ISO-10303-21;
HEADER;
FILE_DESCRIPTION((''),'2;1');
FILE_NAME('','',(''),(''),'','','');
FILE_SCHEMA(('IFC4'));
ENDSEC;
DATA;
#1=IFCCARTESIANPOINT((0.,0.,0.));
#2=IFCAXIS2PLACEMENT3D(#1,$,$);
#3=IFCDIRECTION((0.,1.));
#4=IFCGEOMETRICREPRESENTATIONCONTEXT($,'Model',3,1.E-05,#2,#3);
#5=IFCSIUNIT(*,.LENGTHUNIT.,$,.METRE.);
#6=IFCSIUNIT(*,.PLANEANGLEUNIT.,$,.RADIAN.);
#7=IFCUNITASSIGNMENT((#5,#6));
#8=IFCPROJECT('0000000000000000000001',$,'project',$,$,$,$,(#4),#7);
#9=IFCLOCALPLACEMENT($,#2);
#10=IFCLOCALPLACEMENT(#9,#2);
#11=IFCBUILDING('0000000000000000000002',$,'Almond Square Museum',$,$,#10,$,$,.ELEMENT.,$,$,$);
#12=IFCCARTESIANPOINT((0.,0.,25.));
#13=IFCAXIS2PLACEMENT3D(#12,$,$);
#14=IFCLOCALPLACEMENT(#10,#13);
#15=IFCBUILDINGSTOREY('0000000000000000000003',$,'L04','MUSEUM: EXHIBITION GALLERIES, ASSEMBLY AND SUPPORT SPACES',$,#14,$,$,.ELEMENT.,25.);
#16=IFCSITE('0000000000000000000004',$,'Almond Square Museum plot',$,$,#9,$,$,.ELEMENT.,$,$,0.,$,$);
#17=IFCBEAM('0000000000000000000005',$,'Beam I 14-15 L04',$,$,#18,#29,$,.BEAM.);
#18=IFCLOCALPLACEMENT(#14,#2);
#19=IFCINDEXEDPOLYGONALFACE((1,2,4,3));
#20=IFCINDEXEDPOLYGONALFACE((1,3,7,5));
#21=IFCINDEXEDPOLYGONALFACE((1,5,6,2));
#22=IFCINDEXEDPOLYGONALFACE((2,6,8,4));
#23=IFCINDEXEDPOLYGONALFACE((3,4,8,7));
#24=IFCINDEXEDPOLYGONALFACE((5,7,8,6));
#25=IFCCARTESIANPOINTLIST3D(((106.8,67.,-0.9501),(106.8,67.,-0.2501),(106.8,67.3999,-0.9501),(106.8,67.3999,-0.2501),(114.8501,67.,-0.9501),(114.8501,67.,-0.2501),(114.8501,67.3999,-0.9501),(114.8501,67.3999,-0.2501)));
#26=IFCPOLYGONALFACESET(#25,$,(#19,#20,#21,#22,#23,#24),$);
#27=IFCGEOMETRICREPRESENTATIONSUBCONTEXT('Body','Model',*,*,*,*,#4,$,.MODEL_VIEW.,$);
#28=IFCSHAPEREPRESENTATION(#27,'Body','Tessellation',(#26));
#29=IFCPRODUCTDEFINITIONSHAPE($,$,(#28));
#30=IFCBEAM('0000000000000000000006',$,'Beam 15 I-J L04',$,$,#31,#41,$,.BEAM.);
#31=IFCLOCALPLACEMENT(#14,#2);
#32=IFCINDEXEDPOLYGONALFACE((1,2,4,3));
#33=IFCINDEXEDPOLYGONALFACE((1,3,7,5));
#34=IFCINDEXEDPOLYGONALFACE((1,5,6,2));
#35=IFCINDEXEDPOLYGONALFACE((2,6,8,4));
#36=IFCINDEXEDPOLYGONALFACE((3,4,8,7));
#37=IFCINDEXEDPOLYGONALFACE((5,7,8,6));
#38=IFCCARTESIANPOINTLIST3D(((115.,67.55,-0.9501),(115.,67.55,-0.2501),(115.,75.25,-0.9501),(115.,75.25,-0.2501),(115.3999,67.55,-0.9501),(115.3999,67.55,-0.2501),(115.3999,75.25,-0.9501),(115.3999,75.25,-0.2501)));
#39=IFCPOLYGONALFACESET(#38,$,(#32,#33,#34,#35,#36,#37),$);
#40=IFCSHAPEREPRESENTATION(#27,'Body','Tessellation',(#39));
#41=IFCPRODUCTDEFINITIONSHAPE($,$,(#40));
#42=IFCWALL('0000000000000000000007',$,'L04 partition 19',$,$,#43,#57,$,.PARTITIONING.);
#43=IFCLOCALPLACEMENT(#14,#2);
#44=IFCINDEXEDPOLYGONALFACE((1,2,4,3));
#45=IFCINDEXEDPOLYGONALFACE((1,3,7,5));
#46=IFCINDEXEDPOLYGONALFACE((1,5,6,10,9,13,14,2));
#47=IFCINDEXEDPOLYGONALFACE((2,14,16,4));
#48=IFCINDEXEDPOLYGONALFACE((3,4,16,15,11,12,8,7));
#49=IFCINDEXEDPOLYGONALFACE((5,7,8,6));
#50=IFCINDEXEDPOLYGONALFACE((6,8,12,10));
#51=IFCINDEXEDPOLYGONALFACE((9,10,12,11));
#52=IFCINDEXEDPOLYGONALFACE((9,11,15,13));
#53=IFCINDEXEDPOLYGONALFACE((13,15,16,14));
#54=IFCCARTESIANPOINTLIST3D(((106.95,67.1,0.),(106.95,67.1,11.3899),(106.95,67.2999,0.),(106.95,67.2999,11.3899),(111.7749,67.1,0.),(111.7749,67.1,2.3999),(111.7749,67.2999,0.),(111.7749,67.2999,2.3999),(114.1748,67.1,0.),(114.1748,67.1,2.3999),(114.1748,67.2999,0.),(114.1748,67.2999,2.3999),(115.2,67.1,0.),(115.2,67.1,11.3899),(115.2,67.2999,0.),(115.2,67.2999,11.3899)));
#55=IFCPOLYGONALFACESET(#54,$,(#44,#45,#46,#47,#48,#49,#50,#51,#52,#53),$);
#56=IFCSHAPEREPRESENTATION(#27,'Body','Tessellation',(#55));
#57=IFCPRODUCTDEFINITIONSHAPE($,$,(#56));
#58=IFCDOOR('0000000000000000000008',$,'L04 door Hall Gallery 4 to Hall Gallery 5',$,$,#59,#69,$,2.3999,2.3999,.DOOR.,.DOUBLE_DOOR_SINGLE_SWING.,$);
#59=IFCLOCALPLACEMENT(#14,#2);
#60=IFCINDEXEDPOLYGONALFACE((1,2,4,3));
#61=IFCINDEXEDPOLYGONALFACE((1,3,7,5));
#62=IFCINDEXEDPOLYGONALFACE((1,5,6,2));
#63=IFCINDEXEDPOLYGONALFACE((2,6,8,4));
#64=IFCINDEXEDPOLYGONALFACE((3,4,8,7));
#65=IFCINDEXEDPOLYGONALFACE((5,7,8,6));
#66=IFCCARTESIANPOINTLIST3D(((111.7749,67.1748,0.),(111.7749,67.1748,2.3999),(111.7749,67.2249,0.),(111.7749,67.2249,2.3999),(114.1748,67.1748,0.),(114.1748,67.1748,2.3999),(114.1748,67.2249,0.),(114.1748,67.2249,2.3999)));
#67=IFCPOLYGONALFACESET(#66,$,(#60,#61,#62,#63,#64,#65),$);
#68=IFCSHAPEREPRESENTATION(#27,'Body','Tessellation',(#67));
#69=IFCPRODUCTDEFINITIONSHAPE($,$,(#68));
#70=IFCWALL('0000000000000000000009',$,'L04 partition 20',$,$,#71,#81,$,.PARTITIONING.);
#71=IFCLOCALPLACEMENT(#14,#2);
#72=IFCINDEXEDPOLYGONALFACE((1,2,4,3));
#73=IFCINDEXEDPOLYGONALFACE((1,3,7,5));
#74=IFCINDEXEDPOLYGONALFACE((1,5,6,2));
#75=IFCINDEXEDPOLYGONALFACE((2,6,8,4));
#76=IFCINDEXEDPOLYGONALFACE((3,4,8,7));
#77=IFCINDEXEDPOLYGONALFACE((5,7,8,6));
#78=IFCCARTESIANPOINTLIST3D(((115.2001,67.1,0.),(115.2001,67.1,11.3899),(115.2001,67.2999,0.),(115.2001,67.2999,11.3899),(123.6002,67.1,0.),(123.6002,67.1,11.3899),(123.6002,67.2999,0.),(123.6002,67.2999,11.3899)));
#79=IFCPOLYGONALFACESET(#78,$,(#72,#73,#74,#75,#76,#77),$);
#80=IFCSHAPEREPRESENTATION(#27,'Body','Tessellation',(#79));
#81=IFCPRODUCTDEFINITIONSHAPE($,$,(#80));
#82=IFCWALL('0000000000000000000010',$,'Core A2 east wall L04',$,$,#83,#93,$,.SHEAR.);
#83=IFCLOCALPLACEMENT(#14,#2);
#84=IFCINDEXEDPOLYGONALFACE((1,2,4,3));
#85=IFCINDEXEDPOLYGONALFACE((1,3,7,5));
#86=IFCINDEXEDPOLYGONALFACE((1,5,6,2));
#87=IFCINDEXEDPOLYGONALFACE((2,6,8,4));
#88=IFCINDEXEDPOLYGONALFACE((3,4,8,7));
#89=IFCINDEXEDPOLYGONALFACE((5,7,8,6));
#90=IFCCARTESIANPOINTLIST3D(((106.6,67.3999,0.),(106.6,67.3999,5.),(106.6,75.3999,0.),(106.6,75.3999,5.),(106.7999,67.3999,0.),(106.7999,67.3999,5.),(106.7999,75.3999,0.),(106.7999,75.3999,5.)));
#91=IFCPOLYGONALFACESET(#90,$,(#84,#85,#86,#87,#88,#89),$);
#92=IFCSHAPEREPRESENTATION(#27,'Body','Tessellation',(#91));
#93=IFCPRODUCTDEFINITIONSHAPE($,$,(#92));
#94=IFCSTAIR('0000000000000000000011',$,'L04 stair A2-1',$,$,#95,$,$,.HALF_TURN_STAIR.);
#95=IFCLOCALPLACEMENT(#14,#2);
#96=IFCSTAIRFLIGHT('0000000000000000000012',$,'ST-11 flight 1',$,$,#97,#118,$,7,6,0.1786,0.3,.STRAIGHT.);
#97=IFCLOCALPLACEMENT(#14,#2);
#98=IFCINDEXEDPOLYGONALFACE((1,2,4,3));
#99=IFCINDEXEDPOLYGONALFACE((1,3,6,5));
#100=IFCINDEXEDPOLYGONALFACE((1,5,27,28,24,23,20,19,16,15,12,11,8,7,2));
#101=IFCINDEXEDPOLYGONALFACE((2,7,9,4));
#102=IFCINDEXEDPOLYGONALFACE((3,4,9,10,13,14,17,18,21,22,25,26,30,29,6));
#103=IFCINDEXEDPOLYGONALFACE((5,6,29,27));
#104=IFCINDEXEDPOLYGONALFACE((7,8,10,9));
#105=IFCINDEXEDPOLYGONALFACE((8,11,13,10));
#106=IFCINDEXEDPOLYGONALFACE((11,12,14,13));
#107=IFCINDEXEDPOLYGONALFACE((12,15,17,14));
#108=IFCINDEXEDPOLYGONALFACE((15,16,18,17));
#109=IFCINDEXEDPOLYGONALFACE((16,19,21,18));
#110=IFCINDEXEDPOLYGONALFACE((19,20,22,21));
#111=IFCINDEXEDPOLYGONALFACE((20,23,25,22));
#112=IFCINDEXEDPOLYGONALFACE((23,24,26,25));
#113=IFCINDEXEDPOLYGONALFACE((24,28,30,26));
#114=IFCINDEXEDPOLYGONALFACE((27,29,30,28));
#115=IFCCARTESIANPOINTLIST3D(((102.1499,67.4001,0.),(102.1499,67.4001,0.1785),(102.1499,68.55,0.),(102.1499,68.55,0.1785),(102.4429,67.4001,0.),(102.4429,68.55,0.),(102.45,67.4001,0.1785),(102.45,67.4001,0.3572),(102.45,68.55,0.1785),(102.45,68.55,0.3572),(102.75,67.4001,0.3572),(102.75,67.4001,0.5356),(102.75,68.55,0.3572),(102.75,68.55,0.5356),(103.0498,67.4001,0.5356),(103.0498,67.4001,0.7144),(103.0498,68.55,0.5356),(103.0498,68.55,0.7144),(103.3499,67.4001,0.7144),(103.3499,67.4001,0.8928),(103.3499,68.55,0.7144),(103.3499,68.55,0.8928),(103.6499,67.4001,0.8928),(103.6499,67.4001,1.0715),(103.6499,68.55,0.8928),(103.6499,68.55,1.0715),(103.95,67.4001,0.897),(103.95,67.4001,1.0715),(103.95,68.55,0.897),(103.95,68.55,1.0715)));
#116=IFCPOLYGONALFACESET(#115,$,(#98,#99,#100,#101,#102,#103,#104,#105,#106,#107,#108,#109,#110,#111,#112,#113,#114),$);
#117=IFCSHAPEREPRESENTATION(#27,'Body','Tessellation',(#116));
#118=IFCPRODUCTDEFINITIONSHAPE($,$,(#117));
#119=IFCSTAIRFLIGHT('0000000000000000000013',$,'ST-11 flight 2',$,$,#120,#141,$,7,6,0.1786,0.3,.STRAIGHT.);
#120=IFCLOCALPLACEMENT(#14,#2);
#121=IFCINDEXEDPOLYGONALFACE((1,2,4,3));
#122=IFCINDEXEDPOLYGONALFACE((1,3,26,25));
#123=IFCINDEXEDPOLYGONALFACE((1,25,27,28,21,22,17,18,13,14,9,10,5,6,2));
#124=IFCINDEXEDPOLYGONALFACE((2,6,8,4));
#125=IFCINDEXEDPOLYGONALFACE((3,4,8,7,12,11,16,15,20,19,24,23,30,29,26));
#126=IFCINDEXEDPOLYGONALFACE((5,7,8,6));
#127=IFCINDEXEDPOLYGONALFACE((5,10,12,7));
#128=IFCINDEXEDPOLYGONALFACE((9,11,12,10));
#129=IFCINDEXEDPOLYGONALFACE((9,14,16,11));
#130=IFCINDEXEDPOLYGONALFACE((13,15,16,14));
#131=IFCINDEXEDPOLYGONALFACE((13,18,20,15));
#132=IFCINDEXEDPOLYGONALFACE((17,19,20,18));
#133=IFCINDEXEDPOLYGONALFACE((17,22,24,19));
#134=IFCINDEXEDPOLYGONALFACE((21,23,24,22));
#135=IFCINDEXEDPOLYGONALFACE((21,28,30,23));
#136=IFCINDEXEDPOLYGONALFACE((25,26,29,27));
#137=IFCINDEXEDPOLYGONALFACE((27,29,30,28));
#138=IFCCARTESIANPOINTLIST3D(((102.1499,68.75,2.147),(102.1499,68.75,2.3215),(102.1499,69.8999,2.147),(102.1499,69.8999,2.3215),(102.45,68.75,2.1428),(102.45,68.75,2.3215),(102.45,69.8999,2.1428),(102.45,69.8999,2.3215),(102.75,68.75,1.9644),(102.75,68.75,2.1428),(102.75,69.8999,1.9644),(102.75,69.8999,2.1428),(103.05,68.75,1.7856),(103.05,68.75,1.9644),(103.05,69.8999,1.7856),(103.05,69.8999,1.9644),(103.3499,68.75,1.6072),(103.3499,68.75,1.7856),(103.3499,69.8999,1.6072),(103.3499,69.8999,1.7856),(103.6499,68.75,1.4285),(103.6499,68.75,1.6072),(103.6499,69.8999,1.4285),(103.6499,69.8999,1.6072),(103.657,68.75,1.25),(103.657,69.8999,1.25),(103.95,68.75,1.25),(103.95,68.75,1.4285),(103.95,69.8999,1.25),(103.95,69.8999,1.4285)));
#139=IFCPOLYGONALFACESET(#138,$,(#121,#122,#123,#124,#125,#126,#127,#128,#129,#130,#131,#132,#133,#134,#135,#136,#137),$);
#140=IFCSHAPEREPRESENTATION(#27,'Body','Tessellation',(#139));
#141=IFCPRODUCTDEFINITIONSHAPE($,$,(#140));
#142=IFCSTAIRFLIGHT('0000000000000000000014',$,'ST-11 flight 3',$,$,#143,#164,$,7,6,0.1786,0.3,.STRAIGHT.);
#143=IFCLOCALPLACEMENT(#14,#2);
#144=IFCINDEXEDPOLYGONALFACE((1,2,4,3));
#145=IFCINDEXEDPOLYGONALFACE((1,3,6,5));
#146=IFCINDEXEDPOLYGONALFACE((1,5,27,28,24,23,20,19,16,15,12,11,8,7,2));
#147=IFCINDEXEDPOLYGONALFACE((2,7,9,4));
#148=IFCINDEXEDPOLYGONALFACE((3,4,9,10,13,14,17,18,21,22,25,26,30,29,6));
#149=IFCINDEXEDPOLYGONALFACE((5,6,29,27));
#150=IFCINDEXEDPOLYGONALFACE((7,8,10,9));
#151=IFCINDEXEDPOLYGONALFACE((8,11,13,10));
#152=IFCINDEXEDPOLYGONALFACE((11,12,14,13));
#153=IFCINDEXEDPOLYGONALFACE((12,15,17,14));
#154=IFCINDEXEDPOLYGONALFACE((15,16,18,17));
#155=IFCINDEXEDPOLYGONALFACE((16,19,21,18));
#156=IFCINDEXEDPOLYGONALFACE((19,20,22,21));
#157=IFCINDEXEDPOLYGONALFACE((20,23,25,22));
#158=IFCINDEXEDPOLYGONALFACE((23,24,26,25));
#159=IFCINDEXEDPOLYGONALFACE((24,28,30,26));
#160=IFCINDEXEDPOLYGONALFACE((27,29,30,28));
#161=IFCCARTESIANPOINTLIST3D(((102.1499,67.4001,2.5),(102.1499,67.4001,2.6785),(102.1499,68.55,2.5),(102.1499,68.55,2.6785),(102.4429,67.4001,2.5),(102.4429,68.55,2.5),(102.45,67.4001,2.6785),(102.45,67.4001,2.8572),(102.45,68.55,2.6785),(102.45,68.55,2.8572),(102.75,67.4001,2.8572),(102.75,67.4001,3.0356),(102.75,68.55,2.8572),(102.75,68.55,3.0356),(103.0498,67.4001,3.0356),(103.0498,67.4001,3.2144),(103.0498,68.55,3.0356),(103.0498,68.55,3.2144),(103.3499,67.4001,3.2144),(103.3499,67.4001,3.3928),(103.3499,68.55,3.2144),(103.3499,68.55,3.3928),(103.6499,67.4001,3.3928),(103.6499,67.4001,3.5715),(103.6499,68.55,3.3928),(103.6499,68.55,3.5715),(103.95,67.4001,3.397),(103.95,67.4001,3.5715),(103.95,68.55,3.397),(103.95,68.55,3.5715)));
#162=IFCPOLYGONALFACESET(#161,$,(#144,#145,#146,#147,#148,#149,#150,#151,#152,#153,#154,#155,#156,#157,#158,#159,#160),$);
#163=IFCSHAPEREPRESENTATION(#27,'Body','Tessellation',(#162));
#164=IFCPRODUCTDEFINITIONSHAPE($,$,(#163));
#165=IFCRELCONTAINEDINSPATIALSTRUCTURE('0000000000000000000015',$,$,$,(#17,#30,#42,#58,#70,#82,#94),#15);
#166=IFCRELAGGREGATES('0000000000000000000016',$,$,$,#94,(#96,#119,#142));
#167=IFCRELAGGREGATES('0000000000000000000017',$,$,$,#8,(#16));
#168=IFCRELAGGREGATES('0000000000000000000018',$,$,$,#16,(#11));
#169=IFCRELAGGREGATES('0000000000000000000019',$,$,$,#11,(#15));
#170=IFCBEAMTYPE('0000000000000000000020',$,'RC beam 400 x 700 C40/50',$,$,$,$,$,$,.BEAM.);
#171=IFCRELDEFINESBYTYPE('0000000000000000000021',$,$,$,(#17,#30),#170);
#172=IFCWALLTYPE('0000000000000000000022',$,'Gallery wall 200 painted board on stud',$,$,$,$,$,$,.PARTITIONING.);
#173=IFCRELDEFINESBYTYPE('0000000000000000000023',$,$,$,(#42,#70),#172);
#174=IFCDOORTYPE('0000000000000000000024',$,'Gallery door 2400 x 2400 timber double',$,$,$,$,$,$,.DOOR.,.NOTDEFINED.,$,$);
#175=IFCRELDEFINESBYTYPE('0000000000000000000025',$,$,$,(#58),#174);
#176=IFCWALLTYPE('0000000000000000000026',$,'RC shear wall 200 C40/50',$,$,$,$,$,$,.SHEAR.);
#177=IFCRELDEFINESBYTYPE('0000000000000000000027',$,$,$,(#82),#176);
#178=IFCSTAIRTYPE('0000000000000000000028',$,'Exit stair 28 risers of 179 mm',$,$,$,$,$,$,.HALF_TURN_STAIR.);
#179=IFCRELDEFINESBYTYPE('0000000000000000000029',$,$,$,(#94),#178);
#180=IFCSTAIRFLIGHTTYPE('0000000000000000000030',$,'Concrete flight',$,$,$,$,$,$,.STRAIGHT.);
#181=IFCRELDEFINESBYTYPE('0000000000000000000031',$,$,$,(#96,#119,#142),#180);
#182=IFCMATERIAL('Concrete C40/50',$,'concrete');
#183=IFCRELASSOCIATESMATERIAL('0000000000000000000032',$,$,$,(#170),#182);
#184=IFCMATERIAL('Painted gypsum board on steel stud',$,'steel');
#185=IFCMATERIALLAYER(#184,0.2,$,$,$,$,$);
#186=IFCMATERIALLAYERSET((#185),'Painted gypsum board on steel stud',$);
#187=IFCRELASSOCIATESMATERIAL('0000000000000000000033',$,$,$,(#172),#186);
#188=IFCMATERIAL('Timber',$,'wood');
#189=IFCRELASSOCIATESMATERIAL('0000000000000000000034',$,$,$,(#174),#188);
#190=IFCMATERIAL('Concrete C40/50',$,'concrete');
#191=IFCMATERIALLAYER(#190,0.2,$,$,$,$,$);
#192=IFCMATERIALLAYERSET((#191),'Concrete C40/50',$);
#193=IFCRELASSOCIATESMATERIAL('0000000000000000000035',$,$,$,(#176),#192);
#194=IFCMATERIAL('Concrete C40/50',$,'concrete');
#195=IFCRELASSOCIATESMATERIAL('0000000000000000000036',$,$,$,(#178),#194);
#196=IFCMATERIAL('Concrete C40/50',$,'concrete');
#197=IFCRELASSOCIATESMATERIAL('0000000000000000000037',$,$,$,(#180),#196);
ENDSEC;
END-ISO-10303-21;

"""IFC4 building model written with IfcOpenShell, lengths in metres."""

from ifc_helpers import new_model, si_unit, direction, frame, frame_2d, origin, origin_2d, place, context, subcontext, project, spatial, polyline, rectangle, outline, extrude, material, layer, layer_set, material_profile, profile_set, type_object, element, fill, aggregate, save


model = new_model("IFC4")

# Units and contexts
model_context = context("Model", 3, precision=1e-05, world=origin(), true_north=direction((0.0, 1.0)))
body_context = subcontext(model_context, "Body", "Model", "MODEL_VIEW")
ifc_project = project(units=[si_unit("LENGTHUNIT", "METRE"), si_unit("PLANEANGLEUNIT", "RADIAN")], contexts=[model_context])

# Site, building, storey
site_placement = place(None, origin())
site = spatial("IfcSite", under=ifc_project, at=site_placement, Name="Almond Square Museum plot", CompositionType="ELEMENT", RefElevation=0.0)
building_placement = place(site_placement, origin())
building = spatial("IfcBuilding", under=site, at=building_placement, Name="Almond Square Museum", CompositionType="ELEMENT")
storey_placement = place(building_placement, frame((0.0, 0.0, 25.0)))
storey = spatial("IfcBuildingStorey", under=building, at=storey_placement, Name="L04", Description="MUSEUM: EXHIBITION GALLERIES, ASSEMBLY AND SUPPORT SPACES", CompositionType="ELEMENT", Elevation=25.0)

# Beams
ifc_material_1 = material(Name="Concrete C40/50", Category="concrete")
ifc_material_profile = material_profile(ifc_material_1, rectangle(XDim=0.3999, YDim=0.7, at=origin_2d()))
ifc_profile_set = profile_set([ifc_material_profile], Name="Concrete C40/50")
beam_type = type_object("IfcBeamType", Name="RC beam 400 x 700 C40/50", PredefinedType="BEAM", material=ifc_profile_set)
beam_1_placement = place(storey_placement, frame((106.8, 67.2, -0.6001), z_axis=(1.0, 0.0, 0.0), x_axis=(0.0, 1.0, 0.0)))
element("IfcBeam", 1, at=beam_1_placement, inside=storey, type_object=beam_type, Name="Beam I 14-15 L04", PredefinedType="BEAM", context=body_context, shape_type="SweptSolid", body=[
    extrude(rectangle(XDim=0.3999, YDim=0.7, at=origin_2d()), origin(), (0.0, 0.0, 1.0), 8.05),
])
beam_2_placement = place(storey_placement, frame((115.2, 67.55, -0.6001), z_axis=(0.0, 1.0, 0.0), x_axis=(-1.0, 0.0, 0.0)))
element("IfcBeam", 2, at=beam_2_placement, inside=storey, type_object=beam_type, Name="Beam 15 I-J L04", PredefinedType="BEAM", context=body_context, shape_type="SweptSolid", body=[
    extrude(rectangle(XDim=0.3999, YDim=0.7, at=origin_2d()), origin(), (0.0, 0.0, 1.0), 7.7),
])

# Wall, opening, door
ifc_material_2 = material(Name="Painted gypsum board on steel stud", Category="steel")
ifc_layer_1 = layer(ifc_material_2, 0.2)
ifc_layer_set_1 = layer_set([ifc_layer_1], Name="Painted gypsum board on steel stud")
wall_type_1 = type_object("IfcWallType", Name="Gallery wall 200 painted board on stud", PredefinedType="PARTITIONING", material=ifc_layer_set_1)
wall_1_placement = place(storey_placement, frame((106.95, 67.2, 0.0), z_axis=(0.0, 0.0, 1.0), x_axis=(1.0, 0.0, 0.0)))
wall_1 = element("IfcWall", 3, at=wall_1_placement, inside=storey, type_object=wall_type_1, Name="L04 partition 19", PredefinedType="PARTITIONING", context=body_context, shape_type="SweptSolid", body=[
    extrude(rectangle(XDim=8.25, YDim=0.2, at=frame_2d((4.125, 0.0))), origin(), (0.0, 0.0, 1.0), 11.3899),
])
opening_placement = place(wall_1_placement, frame((4.825, 0.0, 0.0)))
opening = element("IfcOpeningElement", 4, at=opening_placement, cuts=wall_1, PredefinedType="OPENING", context=body_context, shape_type="SweptSolid", body=[
    extrude(rectangle(XDim=2.3999, YDim=2.3999, at=frame_2d((1.2, 1.2))), frame((0.0, 0.1099, 0.0), z_axis=(0.0, -1.0, 0.0), x_axis=(1.0, 0.0, 0.0)), (0.0, 0.0, 1.0), 0.22),
])
ifc_material_3 = material(Name="Timber", Category="wood")
door_type = type_object("IfcDoorType", Name="Gallery door 2400 x 2400 timber double", OperationType="NOTDEFINED", PredefinedType="DOOR", material=ifc_material_3)
door_placement = place(opening_placement, origin())
door = element("IfcDoor", 5, at=door_placement, inside=storey, type_object=door_type, Name="L04 door Hall Gallery 4 to Hall Gallery 5", OperationType="DOUBLE_DOOR_SINGLE_SWING", OverallHeight=2.3999, OverallWidth=2.3999, PredefinedType="DOOR", context=body_context, shape_type="SweptSolid", body=[
    extrude(rectangle(XDim=2.3999, YDim=2.3999, at=frame_2d((1.2, 1.2))), frame((0.0, 0.0249, 0.0), z_axis=(0.0, -1.0, 0.0), x_axis=(1.0, 0.0, 0.0)), (0.0, 0.0, 1.0), 0.05),
])
fill(opening, door)

# Walls
wall_2_placement = place(storey_placement, frame((115.2, 67.2, 0.0), z_axis=(0.0, 0.0, 1.0), x_axis=(1.0, 0.0, 0.0)))
element("IfcWall", 6, at=wall_2_placement, inside=storey, type_object=wall_type_1, Name="L04 partition 20", PredefinedType="PARTITIONING", context=body_context, shape_type="SweptSolid", body=[
    extrude(rectangle(XDim=8.4001, YDim=0.2, at=frame_2d((4.2002, 0.0))), origin(), (0.0, 0.0, 1.0), 11.3899),
])
ifc_material_4 = material(Name="Concrete C40/50", Category="concrete")
ifc_layer_2 = layer(ifc_material_4, 0.2)
ifc_layer_set_2 = layer_set([ifc_layer_2], Name="Concrete C40/50")
wall_type_2 = type_object("IfcWallType", Name="RC shear wall 200 C40/50", PredefinedType="SHEAR", material=ifc_layer_set_2)
wall_3_placement = place(storey_placement, frame((106.7, 67.3999, 0.0), z_axis=(0.0, 0.0, 1.0), x_axis=(0.0, 1.0, 0.0)))
element("IfcWall", 7, at=wall_3_placement, inside=storey, type_object=wall_type_2, Name="Core A2 east wall L04", PredefinedType="SHEAR", context=body_context, shape_type="SweptSolid", body=[
    extrude(rectangle(XDim=8.0, YDim=0.2, at=frame_2d((4.0, 0.0))), origin(), (0.0, 0.0, 1.0), 5.0),
])

# Stair, stair flights
ifc_material_5 = material(Name="Concrete C40/50", Category="concrete")
stair_type = type_object("IfcStairType", Name="Exit stair 28 risers of 179 mm", PredefinedType="HALF_TURN_STAIR", material=ifc_material_5)
stair_placement = place(storey_placement, origin())
stair = element("IfcStair", 8, at=stair_placement, inside=storey, type_object=stair_type, Name="L04 stair A2-1", PredefinedType="HALF_TURN_STAIR")
ifc_material_6 = material(Name="Concrete C40/50", Category="concrete")
stair_flight_type = type_object("IfcStairFlightType", Name="Concrete flight", PredefinedType="STRAIGHT", material=ifc_material_6)
stair_flight_1_placement = place(storey_placement, frame((102.1499, 67.9751, 0.0), z_axis=(0.0, 0.0, 1.0), x_axis=(1.0, 0.0, 0.0)))
stair_flight_1 = element("IfcStairFlight", 9, at=stair_flight_1_placement, type_object=stair_flight_type, Name="ST-11 flight 1", NumberOfRisers=7, NumberOfTreads=6, PredefinedType="STRAIGHT", RiserHeight=0.1786, TreadLength=0.3, context=body_context, shape_type="SweptSolid", body=[
    extrude(outline(polyline([(0.0, 0.0), (0.0, 0.1785), (0.3, 0.1785), (0.3, 0.3572), (0.6001, 0.3572), (0.6001, 0.5356), (0.8999, 0.5356), (0.8999, 0.7144), (1.2, 0.7144), (1.2, 0.8928), (1.5, 0.8928), (1.5, 1.0715), (1.8, 1.0715), (1.8, 1.25), (1.8, 0.897), (0.293, 0.0), (0.0, 0.0)])), frame((0.0, 0.575, 0.0), z_axis=(0.0, -1.0, 0.0), x_axis=(1.0, 0.0, 0.0)), (0.0, 0.0, 1.0), 1.1499),
])
stair_flight_2_placement = place(storey_placement, frame((103.95, 69.325, 1.25), z_axis=(0.0, 0.0, 1.0), x_axis=(-1.0, 0.0, 0.0)))
stair_flight_2 = element("IfcStairFlight", 10, at=stair_flight_2_placement, type_object=stair_flight_type, Name="ST-11 flight 2", NumberOfRisers=7, NumberOfTreads=6, PredefinedType="STRAIGHT", RiserHeight=0.1786, TreadLength=0.3, context=body_context, shape_type="SweptSolid", body=[
    extrude(outline(polyline([(0.0, 0.0), (0.0, 0.1785), (0.3, 0.1785), (0.3, 0.3572), (0.6001, 0.3572), (0.6001, 0.5356), (0.8999, 0.5356), (0.8999, 0.7144), (1.2, 0.7144), (1.2, 0.8928), (1.5, 0.8928), (1.5, 1.0715), (1.8, 1.0715), (1.8, 1.25), (1.8, 0.897), (0.293, 0.0), (0.0, 0.0)])), frame((0.0, 0.575, 0.0), z_axis=(0.0, -1.0, 0.0), x_axis=(1.0, 0.0, 0.0)), (0.0, 0.0, 1.0), 1.1499),
])
stair_flight_3_placement = place(storey_placement, frame((102.1499, 67.9751, 2.5), z_axis=(0.0, 0.0, 1.0), x_axis=(1.0, 0.0, 0.0)))
stair_flight_3 = element("IfcStairFlight", 11, at=stair_flight_3_placement, type_object=stair_flight_type, Name="ST-11 flight 3", NumberOfRisers=7, NumberOfTreads=6, PredefinedType="STRAIGHT", RiserHeight=0.1786, TreadLength=0.3, context=body_context, shape_type="SweptSolid", body=[
    extrude(outline(polyline([(0.0, 0.0), (0.0, 0.1785), (0.3, 0.1785), (0.3, 0.3572), (0.6001, 0.3572), (0.6001, 0.5356), (0.8999, 0.5356), (0.8999, 0.7144), (1.2, 0.7144), (1.2, 0.8928), (1.5, 0.8928), (1.5, 1.0715), (1.8, 1.0715), (1.8, 1.25), (1.8, 0.897), (0.293, 0.0), (0.0, 0.0)])), frame((0.0, 0.575, 0.0), z_axis=(0.0, -1.0, 0.0), x_axis=(1.0, 0.0, 0.0)), (0.0, 0.0, 1.0), 1.1499),
])
aggregate(stair, [stair_flight_1, stair_flight_2, stair_flight_3])

save(model, "model.ifc")
